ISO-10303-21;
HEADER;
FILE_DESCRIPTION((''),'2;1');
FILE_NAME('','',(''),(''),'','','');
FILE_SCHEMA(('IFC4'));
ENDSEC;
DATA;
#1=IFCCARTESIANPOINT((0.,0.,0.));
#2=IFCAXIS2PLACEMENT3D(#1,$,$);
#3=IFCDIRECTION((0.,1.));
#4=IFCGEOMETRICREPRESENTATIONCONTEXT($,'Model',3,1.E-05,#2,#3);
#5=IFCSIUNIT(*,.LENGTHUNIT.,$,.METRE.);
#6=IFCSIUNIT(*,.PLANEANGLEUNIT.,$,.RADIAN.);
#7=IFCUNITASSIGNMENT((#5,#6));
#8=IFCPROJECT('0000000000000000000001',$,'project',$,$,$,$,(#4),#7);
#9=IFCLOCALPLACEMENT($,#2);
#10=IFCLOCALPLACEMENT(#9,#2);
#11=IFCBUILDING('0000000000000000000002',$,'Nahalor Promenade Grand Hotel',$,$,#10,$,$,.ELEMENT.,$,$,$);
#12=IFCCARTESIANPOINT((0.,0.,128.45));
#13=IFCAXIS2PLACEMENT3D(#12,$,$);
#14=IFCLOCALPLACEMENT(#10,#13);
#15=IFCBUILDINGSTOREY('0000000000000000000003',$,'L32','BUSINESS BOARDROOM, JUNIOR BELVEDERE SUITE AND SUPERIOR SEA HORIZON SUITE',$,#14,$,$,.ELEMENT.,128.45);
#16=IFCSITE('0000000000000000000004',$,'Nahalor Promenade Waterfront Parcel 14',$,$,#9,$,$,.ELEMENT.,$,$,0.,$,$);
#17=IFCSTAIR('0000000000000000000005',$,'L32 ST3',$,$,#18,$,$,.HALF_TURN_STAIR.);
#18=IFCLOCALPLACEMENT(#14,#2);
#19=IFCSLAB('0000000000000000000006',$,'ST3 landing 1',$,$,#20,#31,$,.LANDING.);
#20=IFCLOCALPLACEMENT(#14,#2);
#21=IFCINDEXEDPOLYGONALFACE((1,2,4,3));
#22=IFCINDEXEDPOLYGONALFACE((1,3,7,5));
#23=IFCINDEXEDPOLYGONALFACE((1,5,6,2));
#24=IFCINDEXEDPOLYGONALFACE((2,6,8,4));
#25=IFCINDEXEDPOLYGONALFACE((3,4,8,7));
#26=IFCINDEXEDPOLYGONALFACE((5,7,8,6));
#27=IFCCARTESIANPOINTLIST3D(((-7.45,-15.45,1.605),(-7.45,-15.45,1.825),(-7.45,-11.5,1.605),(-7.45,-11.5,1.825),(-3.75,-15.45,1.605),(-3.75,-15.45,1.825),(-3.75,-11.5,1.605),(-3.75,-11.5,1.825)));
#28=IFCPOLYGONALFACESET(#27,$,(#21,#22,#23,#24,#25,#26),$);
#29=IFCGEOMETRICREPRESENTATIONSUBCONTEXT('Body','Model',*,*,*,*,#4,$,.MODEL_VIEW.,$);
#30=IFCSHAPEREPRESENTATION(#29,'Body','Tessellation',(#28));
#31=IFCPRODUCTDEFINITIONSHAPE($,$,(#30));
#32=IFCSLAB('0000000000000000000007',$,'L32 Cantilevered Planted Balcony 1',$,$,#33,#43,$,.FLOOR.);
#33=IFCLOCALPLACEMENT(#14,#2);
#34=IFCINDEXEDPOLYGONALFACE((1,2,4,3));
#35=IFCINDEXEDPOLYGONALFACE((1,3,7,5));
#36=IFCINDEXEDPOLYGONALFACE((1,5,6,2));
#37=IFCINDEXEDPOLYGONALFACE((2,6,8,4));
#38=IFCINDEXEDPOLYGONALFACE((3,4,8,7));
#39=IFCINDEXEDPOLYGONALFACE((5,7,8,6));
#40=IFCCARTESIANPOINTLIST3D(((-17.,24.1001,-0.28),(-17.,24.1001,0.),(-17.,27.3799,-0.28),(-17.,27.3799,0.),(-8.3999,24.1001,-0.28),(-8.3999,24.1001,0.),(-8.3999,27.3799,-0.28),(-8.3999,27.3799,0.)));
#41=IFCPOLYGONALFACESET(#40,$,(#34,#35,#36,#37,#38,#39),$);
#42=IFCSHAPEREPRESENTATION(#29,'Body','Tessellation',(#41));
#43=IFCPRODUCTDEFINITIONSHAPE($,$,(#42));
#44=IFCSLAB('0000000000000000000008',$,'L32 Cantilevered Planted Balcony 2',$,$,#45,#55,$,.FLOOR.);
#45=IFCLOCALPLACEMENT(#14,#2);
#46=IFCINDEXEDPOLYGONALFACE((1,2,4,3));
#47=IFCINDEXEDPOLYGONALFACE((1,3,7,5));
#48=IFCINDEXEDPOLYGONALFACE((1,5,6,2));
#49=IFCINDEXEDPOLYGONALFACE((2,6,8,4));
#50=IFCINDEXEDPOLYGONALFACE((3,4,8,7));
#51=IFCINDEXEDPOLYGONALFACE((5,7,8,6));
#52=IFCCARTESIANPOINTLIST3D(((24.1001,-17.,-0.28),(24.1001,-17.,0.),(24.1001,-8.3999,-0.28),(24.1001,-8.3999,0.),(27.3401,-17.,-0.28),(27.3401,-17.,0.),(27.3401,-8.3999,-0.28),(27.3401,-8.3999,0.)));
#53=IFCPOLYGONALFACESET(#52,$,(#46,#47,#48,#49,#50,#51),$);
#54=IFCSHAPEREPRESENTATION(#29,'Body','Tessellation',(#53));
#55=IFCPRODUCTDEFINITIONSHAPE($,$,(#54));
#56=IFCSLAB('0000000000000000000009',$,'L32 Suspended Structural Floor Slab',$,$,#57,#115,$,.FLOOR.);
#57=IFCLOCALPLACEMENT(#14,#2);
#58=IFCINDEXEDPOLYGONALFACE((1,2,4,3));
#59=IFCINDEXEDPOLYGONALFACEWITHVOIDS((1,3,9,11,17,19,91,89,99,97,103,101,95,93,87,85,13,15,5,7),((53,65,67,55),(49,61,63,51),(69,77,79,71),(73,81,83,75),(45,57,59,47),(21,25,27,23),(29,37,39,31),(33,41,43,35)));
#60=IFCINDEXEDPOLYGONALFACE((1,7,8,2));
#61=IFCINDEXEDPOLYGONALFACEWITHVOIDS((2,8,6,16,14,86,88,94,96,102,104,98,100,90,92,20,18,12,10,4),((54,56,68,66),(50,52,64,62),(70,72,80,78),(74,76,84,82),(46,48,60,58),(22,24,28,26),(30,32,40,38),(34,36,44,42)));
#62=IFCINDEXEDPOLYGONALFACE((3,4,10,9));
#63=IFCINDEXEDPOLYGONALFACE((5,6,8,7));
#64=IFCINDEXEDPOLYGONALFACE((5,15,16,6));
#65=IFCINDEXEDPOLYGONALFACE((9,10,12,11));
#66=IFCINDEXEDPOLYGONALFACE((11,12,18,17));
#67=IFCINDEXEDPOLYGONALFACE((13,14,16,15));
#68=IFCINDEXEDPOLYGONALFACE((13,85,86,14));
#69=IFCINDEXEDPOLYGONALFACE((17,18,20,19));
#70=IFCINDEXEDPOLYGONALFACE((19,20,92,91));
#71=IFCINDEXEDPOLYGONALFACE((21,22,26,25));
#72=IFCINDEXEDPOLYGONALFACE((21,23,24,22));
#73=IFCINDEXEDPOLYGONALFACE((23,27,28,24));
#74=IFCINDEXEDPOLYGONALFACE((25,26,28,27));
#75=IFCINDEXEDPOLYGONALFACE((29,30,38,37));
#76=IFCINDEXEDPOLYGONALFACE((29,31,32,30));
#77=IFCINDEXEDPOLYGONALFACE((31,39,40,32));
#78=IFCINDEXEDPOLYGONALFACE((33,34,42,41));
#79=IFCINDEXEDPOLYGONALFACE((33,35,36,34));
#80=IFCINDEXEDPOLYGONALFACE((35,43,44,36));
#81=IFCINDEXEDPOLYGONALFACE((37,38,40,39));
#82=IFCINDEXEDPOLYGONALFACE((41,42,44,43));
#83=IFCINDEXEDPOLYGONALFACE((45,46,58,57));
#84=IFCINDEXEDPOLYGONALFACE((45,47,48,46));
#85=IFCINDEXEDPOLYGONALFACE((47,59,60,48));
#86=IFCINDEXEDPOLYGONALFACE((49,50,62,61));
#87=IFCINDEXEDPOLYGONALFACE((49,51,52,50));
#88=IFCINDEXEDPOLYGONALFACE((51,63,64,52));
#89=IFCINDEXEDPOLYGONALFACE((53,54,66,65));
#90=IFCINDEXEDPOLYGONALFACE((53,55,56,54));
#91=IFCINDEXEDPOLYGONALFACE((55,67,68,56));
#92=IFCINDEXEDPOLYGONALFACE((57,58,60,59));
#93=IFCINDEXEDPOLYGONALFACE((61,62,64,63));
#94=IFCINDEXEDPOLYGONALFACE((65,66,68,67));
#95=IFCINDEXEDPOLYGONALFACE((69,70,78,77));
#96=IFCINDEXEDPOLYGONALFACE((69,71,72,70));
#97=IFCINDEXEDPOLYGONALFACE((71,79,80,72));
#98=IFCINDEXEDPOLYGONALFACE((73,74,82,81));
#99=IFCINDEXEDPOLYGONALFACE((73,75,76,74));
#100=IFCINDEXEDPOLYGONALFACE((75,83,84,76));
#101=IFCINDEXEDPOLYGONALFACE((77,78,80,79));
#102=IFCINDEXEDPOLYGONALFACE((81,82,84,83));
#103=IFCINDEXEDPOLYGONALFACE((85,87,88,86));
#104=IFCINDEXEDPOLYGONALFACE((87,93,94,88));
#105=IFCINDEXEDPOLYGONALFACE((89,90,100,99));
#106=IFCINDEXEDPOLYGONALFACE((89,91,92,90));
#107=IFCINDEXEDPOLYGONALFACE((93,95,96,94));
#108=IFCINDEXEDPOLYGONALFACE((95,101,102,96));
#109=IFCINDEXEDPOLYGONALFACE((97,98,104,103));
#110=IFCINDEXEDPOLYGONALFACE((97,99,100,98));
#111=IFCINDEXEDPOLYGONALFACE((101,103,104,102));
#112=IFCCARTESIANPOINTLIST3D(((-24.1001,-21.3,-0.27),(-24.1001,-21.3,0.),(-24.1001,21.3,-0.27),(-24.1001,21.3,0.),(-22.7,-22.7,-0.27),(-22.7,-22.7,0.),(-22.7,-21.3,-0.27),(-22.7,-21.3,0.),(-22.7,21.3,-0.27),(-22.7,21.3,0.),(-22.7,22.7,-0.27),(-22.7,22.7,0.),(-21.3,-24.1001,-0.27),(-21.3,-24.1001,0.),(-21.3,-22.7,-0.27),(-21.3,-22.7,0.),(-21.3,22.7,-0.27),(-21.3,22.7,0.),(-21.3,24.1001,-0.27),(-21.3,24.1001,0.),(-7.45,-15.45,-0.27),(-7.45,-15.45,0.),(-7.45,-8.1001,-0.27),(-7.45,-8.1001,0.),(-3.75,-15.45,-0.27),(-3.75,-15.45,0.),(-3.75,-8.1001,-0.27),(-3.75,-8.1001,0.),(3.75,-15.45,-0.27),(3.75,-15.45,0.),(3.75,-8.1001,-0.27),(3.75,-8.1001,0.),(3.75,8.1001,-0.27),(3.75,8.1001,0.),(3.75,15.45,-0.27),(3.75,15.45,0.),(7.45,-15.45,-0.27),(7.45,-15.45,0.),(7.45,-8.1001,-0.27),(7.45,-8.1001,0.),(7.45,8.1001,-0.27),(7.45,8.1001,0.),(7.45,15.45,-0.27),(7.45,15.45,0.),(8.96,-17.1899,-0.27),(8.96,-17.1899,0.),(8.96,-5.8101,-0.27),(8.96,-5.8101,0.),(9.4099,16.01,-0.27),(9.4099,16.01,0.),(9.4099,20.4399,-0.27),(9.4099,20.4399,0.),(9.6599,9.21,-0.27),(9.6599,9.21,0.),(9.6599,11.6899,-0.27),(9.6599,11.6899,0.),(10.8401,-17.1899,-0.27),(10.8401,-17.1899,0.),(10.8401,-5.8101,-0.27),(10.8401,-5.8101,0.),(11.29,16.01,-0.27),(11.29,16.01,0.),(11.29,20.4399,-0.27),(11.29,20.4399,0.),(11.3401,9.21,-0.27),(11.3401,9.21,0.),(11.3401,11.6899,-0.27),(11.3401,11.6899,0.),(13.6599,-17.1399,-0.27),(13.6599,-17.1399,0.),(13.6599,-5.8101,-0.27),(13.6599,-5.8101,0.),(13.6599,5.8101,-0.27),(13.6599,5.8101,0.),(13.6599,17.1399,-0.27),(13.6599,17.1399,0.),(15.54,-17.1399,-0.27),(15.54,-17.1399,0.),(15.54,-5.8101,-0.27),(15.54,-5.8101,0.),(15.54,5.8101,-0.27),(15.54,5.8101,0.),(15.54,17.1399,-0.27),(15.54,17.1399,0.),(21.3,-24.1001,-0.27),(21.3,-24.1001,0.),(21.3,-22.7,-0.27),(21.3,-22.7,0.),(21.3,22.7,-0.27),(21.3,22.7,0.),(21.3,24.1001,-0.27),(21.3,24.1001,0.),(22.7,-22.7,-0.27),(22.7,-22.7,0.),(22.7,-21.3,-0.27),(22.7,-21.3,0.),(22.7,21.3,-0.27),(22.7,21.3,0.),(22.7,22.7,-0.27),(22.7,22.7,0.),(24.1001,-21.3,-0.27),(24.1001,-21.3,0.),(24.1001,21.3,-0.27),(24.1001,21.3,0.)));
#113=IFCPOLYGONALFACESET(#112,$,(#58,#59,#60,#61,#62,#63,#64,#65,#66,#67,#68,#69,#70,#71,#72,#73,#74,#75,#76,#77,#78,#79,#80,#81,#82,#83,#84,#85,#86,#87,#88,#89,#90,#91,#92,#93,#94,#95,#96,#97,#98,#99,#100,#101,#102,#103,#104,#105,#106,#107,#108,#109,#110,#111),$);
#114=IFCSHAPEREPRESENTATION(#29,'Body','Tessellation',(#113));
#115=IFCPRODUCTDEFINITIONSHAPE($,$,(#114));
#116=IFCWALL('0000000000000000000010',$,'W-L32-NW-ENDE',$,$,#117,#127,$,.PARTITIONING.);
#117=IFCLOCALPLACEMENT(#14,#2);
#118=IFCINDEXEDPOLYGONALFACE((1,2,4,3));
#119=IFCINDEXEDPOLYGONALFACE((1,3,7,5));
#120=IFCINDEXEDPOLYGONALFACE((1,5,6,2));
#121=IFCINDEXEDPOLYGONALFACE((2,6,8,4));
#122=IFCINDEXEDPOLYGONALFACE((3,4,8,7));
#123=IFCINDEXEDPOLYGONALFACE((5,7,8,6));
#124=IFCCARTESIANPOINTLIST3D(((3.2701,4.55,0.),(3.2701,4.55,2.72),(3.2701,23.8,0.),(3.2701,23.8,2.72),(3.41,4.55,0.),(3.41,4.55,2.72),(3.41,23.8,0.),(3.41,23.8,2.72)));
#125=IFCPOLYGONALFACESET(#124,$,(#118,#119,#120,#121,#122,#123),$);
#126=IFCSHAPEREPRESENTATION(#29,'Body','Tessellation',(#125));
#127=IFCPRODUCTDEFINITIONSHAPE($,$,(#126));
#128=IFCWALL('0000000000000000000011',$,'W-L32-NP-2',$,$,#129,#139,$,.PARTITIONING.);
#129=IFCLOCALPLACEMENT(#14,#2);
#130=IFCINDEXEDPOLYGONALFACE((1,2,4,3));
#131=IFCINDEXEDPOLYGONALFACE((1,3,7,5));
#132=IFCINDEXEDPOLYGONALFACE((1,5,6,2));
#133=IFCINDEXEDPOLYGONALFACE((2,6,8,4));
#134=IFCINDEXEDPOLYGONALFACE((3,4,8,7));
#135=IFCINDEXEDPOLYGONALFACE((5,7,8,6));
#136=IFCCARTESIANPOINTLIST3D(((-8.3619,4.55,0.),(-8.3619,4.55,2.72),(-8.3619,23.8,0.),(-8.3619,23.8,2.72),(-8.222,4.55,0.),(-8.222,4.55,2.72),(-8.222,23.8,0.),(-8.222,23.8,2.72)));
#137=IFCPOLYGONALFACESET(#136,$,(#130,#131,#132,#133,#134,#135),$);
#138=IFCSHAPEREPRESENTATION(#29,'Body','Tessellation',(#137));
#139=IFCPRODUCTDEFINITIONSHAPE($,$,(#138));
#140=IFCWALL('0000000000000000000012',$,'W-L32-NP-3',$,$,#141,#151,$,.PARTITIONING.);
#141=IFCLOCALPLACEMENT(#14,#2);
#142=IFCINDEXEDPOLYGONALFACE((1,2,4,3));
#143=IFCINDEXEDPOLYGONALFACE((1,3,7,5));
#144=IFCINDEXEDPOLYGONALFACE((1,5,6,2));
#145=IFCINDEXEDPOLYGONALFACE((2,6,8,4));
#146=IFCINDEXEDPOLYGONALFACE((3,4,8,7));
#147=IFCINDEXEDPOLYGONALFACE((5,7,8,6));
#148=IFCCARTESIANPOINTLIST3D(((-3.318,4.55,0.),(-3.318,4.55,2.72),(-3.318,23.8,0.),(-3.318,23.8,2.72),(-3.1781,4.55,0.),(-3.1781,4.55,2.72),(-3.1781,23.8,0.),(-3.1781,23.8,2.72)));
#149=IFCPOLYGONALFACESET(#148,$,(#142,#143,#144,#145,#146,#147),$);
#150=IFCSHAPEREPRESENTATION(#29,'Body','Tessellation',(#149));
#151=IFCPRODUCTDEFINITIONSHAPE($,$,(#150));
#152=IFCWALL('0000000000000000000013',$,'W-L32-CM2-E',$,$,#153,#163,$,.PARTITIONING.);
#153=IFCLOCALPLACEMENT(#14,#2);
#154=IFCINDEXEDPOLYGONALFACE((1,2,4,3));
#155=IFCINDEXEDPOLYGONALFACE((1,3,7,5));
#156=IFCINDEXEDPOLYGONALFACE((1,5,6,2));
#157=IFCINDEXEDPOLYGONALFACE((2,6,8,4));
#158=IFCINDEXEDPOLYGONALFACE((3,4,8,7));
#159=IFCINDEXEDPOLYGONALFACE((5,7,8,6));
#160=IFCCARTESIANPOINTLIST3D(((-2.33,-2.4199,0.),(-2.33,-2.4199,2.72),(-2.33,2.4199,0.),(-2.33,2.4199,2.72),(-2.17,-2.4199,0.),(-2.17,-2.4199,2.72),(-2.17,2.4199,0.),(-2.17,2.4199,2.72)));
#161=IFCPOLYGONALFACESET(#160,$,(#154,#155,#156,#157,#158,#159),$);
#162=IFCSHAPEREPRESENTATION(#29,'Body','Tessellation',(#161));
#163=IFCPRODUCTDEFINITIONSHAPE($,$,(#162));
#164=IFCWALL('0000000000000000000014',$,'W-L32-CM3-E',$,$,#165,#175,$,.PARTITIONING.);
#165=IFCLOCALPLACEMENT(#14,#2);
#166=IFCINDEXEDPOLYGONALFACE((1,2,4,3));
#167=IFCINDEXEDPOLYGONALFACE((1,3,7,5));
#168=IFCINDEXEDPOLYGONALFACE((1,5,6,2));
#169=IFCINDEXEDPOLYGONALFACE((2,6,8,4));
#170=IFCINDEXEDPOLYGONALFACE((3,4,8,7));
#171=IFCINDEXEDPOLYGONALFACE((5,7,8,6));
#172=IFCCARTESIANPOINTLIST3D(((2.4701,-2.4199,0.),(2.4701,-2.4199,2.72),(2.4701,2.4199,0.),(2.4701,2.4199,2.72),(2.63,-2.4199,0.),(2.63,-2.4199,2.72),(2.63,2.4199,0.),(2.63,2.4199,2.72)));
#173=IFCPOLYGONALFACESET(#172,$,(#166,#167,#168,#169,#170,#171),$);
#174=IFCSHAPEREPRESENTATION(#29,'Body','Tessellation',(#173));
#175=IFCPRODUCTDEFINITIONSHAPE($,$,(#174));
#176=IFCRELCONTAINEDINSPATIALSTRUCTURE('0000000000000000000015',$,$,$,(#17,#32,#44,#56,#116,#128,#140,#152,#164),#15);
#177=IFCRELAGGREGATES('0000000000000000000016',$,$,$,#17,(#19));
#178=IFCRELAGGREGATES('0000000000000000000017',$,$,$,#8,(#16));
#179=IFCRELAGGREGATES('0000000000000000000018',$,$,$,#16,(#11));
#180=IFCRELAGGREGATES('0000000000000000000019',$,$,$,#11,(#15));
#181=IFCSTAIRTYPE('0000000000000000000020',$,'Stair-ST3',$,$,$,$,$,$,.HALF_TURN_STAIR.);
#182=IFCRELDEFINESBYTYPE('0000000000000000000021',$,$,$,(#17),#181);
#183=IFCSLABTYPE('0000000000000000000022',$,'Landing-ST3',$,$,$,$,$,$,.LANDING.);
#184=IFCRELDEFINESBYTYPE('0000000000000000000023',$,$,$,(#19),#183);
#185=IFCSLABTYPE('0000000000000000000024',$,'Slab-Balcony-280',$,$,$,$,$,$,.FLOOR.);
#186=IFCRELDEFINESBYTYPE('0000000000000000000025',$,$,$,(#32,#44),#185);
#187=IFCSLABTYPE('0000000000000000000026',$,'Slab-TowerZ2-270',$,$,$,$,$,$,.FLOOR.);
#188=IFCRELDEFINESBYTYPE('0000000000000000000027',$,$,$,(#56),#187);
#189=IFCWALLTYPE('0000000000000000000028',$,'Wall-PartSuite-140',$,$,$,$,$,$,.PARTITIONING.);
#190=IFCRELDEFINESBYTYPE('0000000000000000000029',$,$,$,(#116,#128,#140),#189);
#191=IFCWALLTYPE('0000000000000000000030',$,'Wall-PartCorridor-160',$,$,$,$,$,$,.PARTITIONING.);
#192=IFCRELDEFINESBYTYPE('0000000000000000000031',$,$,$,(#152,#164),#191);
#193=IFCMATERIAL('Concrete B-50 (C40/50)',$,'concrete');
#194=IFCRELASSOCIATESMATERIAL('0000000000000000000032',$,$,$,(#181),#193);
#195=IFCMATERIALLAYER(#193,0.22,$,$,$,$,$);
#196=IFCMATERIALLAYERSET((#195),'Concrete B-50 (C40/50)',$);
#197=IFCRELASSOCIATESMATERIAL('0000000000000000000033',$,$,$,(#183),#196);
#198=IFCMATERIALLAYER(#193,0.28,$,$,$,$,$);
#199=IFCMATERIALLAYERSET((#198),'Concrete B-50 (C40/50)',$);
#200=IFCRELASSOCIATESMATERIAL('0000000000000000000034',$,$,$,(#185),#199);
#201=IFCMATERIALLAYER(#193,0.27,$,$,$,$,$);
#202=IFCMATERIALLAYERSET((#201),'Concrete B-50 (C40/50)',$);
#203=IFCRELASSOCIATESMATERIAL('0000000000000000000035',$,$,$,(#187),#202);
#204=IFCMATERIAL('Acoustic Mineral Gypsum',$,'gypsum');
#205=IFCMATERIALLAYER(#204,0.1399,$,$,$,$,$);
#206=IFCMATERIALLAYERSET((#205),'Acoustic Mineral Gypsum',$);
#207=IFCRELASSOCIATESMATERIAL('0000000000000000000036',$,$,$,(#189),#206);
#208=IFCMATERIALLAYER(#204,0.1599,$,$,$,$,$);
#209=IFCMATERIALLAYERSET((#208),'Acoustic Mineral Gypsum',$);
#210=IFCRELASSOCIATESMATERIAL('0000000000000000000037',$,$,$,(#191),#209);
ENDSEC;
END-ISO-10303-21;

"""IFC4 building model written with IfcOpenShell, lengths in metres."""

from ifc_helpers import new_model, si_unit, direction, frame, frame_2d, origin, place, context, subcontext, project, spatial, polyline, rectangle, outline, extrude, source, transform, mapped, material, layer, layer_set, type_object, element, aggregate, save


model = new_model("IFC4")

# Units and contexts
model_context = context("Model", 3, precision=1e-05, world=origin(), true_north=direction((0.0, 1.0)))
body_context = subcontext(model_context, "Body", "Model", "MODEL_VIEW")
ifc_project = project(units=[si_unit("LENGTHUNIT", "METRE"), si_unit("PLANEANGLEUNIT", "RADIAN")], contexts=[model_context])

# Site, building, storey
site_placement = place(None, origin())
site = spatial("IfcSite", under=ifc_project, at=site_placement, Name="Nahalor Promenade Waterfront Parcel 14", CompositionType="ELEMENT", RefElevation=0.0)
building_placement = place(site_placement, origin())
building = spatial("IfcBuilding", under=site, at=building_placement, Name="Nahalor Promenade Grand Hotel", CompositionType="ELEMENT")
storey_placement = place(building_placement, frame((0.0, 0.0, 128.45)))
storey = spatial("IfcBuildingStorey", under=building, at=storey_placement, Name="L32", Description="BUSINESS BOARDROOM, JUNIOR BELVEDERE SUITE AND SUPERIOR SEA HORIZON SUITE", CompositionType="ELEMENT", Elevation=128.45)

# Stair, slab
ifc_material_1 = material(Name="Concrete B-50 (C40/50)", Category="concrete")
stair_type_1 = type_object("IfcStairType", Name="Stair-ST3", PredefinedType="HALF_TURN_STAIR", material=ifc_material_1)
stair_1_placement = place(storey_placement, origin())
stair_1 = element("IfcStair", 1, at=stair_1_placement, inside=storey, type_object=stair_type_1, Name="L32 ST3", PredefinedType="HALF_TURN_STAIR")
ifc_layer_1 = layer(ifc_material_1, 0.22)
ifc_layer_set_1 = layer_set([ifc_layer_1], Name="Concrete B-50 (C40/50)")
slab_type_1 = type_object("IfcSlabType", Name="Landing-ST3", PredefinedType="LANDING", material=ifc_layer_set_1)
slab_1_placement = place(storey_placement, frame((0.0, 0.0, 1.605)))
slab_1 = element("IfcSlab", 2, at=slab_1_placement, type_object=slab_type_1, Name="ST3 landing 1", PredefinedType="LANDING", context=body_context, shape_type="SweptSolid", body=[
    extrude(outline(polyline([(-7.45, -11.5), (-7.45, -15.45), (-3.75, -15.45), (-3.75, -11.5), (-7.45, -11.5)])), origin(), (0.0, 0.0, 1.0), 0.22),
])
aggregate(stair_1, [slab_1])

# Slabs
ifc_layer_2 = layer(ifc_material_1, 0.28)
ifc_layer_set_2 = layer_set([ifc_layer_2], Name="Concrete B-50 (C40/50)")
slab_type_2 = type_object("IfcSlabType", Name="Slab-Balcony-280", PredefinedType="FLOOR", material=ifc_layer_set_2)
slab_2_placement = place(storey_placement, frame((0.0, 0.0, -0.28)))
element("IfcSlab", 3, at=slab_2_placement, inside=storey, type_object=slab_type_2, Name="L32 Cantilevered Planted Balcony 1", PredefinedType="FLOOR", context=body_context, shape_type="SweptSolid", body=[
    extrude(outline(polyline([(-17.0, 24.1001), (-8.3999, 24.1001), (-8.3999, 27.3799), (-17.0, 27.3799), (-17.0, 24.1001)])), origin(), (0.0, 0.0, 1.0), 0.28),
])
slab_3_placement = place(storey_placement, frame((0.0, 0.0, -0.28)))
element("IfcSlab", 4, at=slab_3_placement, inside=storey, type_object=slab_type_2, Name="L32 Cantilevered Planted Balcony 2", PredefinedType="FLOOR", context=body_context, shape_type="SweptSolid", body=[
    extrude(outline(polyline([(24.1001, -17.0), (27.3401, -17.0), (27.3401, -8.3999), (24.1001, -8.3999), (24.1001, -17.0)])), origin(), (0.0, 0.0, 1.0), 0.28),
])
ifc_layer_3 = layer(ifc_material_1, 0.27)
ifc_layer_set_3 = layer_set([ifc_layer_3], Name="Concrete B-50 (C40/50)")
slab_type_3 = type_object("IfcSlabType", Name="Slab-TowerZ2-270", PredefinedType="FLOOR", material=ifc_layer_set_3)
slab_4_placement = place(storey_placement, frame((0.0, 0.0, -0.27)))
element("IfcSlab", 5, at=slab_4_placement, inside=storey, type_object=slab_type_3, Name="L32 Suspended Structural Floor Slab", PredefinedType="FLOOR", context=body_context, shape_type="SweptSolid", body=[
    extrude(outline(polyline([(-21.3, -24.1001), (21.3, -24.1001), (21.3, -22.7), (22.7, -22.7), (22.7, -21.3), (24.1001, -21.3), (24.1001, 21.3), (22.7, 21.3), (22.7, 22.7), (21.3, 22.7), (21.3, 24.1001), (-21.3, 24.1001), (-21.3, 22.7), (-22.7, 22.7), (-22.7, 21.3), (-24.1001, 21.3), (-24.1001, -21.3), (-22.7, -21.3), (-22.7, -22.7), (-21.3, -22.7), (-21.3, -24.1001)]), holes=[polyline([(3.75, 8.1001), (7.45, 8.1001), (7.45, 15.45), (3.75, 15.45), (3.75, 8.1001)]), polyline([(3.75, -15.45), (7.45, -15.45), (7.45, -8.1001), (3.75, -8.1001), (3.75, -15.45)]), polyline([(-7.45, -15.45), (-3.75, -15.45), (-3.75, -8.1001), (-7.45, -8.1001), (-7.45, -15.45)]), polyline([(13.6599, 5.8101), (15.54, 5.8101), (15.54, 17.1399), (13.6599, 17.1399), (13.6599, 5.8101)]), polyline([(13.6599, -17.1399), (15.54, -17.1399), (15.54, -5.8101), (13.6599, -5.8101), (13.6599, -17.1399)]), polyline([(8.96, -17.1899), (10.8401, -17.1899), (10.8401, -5.8101), (8.96, -5.8101), (8.96, -17.1899)]), polyline([(9.4099, 16.01), (11.29, 16.01), (11.29, 20.4399), (9.4099, 20.4399), (9.4099, 16.01)]), polyline([(9.6599, 9.21), (11.3401, 9.21), (11.3401, 11.6899), (9.6599, 11.6899), (9.6599, 9.21)])]), origin(), (0.0, 0.0, 1.0), 0.27),
])

# Walls
ifc_material_2 = material(Name="Acoustic Mineral Gypsum", Category="gypsum")
ifc_layer_4 = layer(ifc_material_2, 0.1399)
ifc_layer_set_4 = layer_set([ifc_layer_4], Name="Acoustic Mineral Gypsum")
wall_type_1 = type_object("IfcWallType", Name="Wall-PartSuite-140", PredefinedType="PARTITIONING", material=ifc_layer_set_4)
shared_shape_1 = source(origin(), body_context, "Body", "SweptSolid", [
    extrude(rectangle(XDim=19.25, YDim=0.1399, at=frame_2d((9.625, 0.0))), origin(), (0.0, 0.0, 1.0), 2.72),
])
for number, where, z_axis, x_axis, name in (
    (6, (3.3401, 4.55, 0.0), (0.0, 0.0, 1.0), (0.0, 1.0, 0.0), "W-L32-NW-ENDE"),
    (7, (-8.292, 4.55, 0.0), (0.0, 0.0, 1.0), (0.0, 1.0, 0.0), "W-L32-NP-2"),
    (8, (-3.248, 4.55, 0.0), (0.0, 0.0, 1.0), (0.0, 1.0, 0.0), "W-L32-NP-3"),
):
    element("IfcWall", number, at=place(storey_placement, frame(where, z_axis=z_axis, x_axis=x_axis)), inside=storey, type_object=wall_type_1, Name=name, PredefinedType="PARTITIONING", context=body_context, shape_type="MappedRepresentation", body=[
        mapped(shared_shape_1, transform((0.0, 0.0, 0.0), scale=1.0)),
    ])
ifc_layer_5 = layer(ifc_material_2, 0.1599)
ifc_layer_set_5 = layer_set([ifc_layer_5], Name="Acoustic Mineral Gypsum")
wall_type_2 = type_object("IfcWallType", Name="Wall-PartCorridor-160", PredefinedType="PARTITIONING", material=ifc_layer_set_5)
shared_shape_2 = source(origin(), body_context, "Body", "SweptSolid", [
    extrude(rectangle(XDim=4.8398, YDim=0.1599, at=frame_2d((2.4199, 0.0))), origin(), (0.0, 0.0, 1.0), 2.72),
])
for number, where, z_axis, x_axis, name in (
    (9, (-2.25, -2.4199, 0.0), (0.0, 0.0, 1.0), (0.0, 1.0, 0.0), "W-L32-CM2-E"),
    (10, (2.55, -2.4199, 0.0), (0.0, 0.0, 1.0), (0.0, 1.0, 0.0), "W-L32-CM3-E"),
):
    element("IfcWall", number, at=place(storey_placement, frame(where, z_axis=z_axis, x_axis=x_axis)), inside=storey, type_object=wall_type_2, Name=name, PredefinedType="PARTITIONING", context=body_context, shape_type="MappedRepresentation", body=[
        mapped(shared_shape_2, transform((0.0, 0.0, 0.0), scale=1.0)),
    ])

save(model, "model.ifc")
